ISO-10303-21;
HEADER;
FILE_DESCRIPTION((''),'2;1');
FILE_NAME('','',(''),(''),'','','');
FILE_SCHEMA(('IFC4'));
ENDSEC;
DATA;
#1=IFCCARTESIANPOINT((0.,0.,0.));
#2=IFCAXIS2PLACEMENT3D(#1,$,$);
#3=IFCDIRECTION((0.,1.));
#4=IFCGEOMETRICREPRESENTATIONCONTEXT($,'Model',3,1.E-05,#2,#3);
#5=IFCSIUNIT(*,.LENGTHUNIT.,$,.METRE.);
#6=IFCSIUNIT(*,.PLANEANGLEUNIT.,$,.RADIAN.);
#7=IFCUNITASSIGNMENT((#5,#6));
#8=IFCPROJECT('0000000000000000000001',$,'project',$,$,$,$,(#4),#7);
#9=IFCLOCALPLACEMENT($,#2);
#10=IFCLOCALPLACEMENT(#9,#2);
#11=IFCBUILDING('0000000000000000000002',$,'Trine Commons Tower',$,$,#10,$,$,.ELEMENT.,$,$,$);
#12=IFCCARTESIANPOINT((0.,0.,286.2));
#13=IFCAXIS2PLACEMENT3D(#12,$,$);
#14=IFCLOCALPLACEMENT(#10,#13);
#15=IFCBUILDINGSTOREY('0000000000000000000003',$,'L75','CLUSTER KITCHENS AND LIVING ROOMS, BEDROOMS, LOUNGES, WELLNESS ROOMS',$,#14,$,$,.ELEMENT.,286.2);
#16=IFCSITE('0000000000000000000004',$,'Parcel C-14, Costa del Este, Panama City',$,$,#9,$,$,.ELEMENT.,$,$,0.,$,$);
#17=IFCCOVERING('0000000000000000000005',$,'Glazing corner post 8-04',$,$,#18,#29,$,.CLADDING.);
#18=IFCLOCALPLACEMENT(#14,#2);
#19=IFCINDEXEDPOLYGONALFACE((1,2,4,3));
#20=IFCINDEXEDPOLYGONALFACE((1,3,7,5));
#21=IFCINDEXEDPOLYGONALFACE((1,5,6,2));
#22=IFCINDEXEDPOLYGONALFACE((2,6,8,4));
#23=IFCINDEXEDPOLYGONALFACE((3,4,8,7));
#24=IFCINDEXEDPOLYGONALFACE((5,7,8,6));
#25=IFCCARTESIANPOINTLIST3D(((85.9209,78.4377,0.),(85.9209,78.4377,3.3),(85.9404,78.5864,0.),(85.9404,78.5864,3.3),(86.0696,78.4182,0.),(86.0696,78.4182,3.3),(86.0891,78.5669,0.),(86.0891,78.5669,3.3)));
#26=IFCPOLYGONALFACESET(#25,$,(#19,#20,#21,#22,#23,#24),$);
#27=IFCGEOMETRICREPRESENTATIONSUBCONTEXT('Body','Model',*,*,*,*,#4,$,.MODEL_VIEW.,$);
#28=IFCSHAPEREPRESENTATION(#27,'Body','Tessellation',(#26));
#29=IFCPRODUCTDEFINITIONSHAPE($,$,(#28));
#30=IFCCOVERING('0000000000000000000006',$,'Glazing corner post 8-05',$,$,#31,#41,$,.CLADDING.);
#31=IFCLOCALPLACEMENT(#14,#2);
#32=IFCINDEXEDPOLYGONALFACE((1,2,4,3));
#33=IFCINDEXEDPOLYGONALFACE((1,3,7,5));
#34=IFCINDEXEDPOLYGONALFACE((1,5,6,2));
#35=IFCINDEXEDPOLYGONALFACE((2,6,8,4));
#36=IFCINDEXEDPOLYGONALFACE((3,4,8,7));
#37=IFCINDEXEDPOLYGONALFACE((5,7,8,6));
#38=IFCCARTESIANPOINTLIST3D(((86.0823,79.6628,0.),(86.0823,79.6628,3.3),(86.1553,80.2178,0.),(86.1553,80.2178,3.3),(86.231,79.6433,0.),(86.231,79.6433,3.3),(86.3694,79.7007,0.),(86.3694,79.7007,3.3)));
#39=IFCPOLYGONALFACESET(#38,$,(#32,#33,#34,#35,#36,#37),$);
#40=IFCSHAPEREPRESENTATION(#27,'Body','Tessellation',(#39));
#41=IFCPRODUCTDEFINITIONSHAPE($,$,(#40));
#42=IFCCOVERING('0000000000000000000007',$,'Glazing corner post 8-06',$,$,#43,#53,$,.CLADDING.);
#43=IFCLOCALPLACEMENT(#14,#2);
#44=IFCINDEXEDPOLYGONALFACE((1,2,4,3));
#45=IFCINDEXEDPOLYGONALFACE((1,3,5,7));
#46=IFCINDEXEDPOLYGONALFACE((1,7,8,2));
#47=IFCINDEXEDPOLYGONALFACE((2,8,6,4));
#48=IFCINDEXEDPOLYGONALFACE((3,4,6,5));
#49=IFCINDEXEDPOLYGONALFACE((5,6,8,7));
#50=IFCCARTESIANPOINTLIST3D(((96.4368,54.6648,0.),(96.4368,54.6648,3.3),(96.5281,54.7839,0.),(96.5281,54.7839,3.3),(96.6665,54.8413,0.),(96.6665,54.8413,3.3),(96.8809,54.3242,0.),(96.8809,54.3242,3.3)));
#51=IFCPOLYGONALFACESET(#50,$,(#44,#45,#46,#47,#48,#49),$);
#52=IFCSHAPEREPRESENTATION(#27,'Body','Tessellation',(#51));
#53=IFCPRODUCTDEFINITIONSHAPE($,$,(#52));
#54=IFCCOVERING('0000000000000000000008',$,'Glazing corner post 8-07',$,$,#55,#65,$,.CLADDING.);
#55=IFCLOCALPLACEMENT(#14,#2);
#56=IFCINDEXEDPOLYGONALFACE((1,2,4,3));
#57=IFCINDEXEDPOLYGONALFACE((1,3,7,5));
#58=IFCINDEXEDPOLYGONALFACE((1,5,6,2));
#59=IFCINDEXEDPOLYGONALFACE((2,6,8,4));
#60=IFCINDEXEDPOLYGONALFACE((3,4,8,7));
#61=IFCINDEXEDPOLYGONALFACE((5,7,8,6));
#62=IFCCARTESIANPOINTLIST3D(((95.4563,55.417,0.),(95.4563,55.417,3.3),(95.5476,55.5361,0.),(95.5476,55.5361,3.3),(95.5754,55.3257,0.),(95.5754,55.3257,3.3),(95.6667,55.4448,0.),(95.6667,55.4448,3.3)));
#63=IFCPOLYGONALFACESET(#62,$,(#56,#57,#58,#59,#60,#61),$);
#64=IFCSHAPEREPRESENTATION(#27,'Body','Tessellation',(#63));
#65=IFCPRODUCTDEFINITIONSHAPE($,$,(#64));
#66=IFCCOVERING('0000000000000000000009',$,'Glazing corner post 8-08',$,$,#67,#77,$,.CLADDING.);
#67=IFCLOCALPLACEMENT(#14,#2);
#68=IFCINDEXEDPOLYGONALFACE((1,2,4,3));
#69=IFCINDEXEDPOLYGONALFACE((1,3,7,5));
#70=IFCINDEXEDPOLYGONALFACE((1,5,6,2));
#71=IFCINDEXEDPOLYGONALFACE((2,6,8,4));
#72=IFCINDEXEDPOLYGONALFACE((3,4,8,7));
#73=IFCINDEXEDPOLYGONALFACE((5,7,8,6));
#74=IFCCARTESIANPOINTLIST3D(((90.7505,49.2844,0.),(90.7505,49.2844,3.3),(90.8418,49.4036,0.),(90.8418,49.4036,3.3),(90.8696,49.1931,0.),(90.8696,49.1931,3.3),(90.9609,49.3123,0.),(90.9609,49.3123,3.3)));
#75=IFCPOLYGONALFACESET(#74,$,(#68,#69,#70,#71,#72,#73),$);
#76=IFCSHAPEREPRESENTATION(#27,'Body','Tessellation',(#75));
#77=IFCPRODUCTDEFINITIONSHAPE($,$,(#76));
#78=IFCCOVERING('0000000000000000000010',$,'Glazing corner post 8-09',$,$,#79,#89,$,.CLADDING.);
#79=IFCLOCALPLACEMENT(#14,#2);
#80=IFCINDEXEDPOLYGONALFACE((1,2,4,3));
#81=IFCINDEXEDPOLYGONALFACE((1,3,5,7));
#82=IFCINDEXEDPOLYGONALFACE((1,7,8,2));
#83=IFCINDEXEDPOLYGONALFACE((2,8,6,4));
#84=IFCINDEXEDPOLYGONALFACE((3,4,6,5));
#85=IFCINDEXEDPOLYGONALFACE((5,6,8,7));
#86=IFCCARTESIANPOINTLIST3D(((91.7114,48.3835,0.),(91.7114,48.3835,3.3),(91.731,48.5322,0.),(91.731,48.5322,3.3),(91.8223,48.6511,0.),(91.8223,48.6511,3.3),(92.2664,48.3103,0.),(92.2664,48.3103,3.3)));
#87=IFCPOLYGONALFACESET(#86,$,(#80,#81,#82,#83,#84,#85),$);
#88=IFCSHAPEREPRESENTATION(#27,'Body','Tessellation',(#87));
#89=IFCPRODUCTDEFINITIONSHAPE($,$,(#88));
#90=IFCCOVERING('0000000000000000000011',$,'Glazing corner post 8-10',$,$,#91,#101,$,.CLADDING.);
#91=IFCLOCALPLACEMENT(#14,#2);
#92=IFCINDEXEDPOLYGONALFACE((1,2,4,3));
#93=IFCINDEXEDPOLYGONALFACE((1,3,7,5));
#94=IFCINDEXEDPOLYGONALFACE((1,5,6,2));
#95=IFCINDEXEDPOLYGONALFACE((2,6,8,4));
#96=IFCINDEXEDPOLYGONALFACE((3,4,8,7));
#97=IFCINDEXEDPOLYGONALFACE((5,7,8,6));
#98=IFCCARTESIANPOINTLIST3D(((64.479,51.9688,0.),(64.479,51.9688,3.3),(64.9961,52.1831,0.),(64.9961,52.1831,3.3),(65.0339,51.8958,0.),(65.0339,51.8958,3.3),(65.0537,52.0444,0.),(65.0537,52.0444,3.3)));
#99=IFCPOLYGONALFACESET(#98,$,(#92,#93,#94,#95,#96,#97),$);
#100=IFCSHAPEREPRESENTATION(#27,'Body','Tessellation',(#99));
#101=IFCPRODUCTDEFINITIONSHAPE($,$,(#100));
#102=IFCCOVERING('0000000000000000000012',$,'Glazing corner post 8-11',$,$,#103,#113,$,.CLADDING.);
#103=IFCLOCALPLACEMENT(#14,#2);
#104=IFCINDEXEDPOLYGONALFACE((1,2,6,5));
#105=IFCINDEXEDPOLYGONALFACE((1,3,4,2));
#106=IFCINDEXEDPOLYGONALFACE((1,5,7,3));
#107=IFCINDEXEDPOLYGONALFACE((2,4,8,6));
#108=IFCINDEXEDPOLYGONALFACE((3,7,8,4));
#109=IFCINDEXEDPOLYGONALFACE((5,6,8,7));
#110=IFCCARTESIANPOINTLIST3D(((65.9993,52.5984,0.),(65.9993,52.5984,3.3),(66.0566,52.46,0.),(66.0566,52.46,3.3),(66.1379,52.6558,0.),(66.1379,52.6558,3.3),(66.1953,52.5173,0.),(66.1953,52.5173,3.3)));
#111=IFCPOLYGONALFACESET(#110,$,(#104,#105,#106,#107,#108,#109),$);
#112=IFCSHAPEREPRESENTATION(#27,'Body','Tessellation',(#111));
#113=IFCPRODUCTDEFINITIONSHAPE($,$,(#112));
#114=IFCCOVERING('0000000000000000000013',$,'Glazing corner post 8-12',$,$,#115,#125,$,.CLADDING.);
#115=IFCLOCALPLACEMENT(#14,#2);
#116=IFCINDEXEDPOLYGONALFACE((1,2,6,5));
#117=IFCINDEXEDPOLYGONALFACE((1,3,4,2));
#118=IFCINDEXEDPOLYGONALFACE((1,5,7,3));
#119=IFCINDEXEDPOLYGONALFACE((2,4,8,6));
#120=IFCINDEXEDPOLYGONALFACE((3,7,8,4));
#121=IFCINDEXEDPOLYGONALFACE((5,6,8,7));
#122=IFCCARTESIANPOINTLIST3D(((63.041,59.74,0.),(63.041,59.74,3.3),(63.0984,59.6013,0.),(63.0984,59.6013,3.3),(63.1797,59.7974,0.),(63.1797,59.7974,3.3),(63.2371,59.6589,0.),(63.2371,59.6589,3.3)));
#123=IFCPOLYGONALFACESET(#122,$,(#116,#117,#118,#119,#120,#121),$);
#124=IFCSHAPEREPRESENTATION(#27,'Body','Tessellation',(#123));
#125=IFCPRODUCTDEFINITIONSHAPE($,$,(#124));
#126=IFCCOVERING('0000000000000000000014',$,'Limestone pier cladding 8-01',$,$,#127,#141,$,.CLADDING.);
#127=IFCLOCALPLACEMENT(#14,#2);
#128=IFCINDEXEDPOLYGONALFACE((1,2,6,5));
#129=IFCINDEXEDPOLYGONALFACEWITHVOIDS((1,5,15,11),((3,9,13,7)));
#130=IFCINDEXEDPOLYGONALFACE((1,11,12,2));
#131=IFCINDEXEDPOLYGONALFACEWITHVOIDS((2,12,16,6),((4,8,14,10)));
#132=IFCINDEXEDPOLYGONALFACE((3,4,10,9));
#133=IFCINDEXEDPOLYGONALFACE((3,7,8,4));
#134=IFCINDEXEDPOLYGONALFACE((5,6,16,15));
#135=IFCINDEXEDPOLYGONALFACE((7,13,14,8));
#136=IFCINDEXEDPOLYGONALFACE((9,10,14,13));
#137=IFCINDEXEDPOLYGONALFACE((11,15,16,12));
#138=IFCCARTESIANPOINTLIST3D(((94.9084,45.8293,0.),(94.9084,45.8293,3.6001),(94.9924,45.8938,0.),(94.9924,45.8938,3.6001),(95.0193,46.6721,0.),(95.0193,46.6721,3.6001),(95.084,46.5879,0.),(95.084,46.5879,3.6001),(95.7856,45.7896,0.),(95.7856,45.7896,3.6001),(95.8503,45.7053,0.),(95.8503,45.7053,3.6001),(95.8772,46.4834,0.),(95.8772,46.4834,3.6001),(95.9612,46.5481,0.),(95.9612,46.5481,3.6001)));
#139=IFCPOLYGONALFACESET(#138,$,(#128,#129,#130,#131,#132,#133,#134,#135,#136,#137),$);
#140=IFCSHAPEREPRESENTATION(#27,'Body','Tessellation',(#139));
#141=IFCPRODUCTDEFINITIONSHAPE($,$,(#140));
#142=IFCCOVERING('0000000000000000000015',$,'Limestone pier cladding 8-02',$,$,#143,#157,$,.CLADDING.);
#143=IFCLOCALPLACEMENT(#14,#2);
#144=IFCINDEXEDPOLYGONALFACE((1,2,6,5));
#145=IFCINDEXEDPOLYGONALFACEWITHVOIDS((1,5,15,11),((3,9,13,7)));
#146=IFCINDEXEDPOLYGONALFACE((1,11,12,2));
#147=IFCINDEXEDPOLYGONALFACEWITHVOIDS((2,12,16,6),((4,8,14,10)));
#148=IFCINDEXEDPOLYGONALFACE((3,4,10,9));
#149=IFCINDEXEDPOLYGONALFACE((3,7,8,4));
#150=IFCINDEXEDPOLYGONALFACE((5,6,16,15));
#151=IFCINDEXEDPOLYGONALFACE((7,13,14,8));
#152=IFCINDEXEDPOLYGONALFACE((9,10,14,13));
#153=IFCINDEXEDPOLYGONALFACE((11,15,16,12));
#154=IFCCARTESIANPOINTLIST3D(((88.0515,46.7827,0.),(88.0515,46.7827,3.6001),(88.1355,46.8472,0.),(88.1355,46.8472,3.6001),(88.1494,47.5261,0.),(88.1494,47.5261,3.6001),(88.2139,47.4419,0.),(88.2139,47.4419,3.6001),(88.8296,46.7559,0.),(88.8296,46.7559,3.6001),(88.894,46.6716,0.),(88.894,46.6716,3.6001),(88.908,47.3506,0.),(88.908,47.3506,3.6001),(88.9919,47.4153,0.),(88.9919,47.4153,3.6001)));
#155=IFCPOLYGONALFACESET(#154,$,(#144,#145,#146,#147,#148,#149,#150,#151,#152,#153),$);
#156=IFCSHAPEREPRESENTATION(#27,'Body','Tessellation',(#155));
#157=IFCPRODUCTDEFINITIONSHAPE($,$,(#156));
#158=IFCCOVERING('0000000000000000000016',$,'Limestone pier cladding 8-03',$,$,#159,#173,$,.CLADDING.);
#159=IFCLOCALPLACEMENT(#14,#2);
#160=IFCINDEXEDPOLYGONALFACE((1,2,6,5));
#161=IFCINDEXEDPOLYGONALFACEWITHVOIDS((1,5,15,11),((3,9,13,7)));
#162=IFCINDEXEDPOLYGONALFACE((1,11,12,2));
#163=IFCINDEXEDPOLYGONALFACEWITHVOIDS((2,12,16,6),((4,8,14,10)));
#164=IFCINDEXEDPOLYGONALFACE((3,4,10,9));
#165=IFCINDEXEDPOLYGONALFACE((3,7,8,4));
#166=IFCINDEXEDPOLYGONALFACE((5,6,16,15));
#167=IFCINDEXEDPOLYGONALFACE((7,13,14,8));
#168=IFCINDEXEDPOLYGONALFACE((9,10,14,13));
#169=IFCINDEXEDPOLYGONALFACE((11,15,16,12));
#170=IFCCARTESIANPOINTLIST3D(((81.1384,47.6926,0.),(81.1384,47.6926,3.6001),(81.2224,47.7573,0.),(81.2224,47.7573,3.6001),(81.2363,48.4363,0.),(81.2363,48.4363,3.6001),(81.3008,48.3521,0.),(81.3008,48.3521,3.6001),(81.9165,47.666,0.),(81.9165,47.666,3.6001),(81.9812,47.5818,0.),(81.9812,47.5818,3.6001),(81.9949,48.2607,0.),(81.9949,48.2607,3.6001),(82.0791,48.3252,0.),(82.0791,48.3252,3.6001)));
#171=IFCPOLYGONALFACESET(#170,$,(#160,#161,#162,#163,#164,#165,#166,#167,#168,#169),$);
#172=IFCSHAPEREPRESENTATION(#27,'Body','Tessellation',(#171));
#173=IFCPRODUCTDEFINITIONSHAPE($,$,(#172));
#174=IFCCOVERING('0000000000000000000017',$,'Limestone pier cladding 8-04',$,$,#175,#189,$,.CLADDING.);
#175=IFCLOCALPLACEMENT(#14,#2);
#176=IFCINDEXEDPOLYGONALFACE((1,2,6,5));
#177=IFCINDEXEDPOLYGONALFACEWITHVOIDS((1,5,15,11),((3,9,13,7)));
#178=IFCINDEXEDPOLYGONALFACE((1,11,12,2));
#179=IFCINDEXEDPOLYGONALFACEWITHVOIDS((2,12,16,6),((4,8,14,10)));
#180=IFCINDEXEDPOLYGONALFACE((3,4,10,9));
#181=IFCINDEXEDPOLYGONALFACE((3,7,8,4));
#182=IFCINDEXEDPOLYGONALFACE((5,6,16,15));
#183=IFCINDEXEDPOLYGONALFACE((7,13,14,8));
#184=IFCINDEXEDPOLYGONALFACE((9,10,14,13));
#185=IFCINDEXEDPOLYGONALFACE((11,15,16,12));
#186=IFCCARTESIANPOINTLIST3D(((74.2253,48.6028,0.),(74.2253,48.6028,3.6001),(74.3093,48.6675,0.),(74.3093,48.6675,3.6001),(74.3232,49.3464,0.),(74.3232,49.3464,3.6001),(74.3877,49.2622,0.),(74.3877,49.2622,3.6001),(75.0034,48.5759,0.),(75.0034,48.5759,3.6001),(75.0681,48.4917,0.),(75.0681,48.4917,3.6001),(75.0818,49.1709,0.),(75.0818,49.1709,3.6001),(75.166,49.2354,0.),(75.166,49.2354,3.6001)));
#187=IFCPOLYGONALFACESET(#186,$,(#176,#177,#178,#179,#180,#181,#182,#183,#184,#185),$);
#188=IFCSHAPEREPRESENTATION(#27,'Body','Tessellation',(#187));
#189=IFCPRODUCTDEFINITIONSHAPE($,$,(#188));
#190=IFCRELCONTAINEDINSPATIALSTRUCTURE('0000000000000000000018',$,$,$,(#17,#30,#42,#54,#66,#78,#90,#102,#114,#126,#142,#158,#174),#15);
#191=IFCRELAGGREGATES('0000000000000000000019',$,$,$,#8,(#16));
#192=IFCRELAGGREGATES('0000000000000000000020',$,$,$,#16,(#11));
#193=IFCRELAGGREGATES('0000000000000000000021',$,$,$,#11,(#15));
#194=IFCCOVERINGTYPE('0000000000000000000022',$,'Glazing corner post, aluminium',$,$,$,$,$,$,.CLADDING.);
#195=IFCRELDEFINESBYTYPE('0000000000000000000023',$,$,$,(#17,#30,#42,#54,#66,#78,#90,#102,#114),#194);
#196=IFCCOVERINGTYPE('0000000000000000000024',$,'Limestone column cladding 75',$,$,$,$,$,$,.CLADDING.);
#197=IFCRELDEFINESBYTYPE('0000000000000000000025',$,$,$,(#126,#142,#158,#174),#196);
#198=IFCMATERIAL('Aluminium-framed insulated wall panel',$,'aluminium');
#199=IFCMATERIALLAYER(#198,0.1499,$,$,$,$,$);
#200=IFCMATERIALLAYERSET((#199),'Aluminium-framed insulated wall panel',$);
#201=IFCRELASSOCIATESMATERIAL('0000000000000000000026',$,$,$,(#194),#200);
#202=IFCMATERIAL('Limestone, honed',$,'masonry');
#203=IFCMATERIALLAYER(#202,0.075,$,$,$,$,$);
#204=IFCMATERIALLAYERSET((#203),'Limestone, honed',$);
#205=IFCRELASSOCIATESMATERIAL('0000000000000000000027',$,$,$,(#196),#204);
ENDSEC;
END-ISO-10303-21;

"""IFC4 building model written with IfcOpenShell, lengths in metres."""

from ifc_helpers import new_model, si_unit, direction, frame, origin, place, context, subcontext, project, spatial, polyline, outline, extrude, material, layer, layer_set, type_object, element, save


model = new_model("IFC4")

# Units and contexts
model_context = context("Model", 3, precision=1e-05, world=origin(), true_north=direction((0.0, 1.0)))
body_context = subcontext(model_context, "Body", "Model", "MODEL_VIEW")
ifc_project = project(units=[si_unit("LENGTHUNIT", "METRE"), si_unit("PLANEANGLEUNIT", "RADIAN")], contexts=[model_context])

# Site, building, storey
site_placement = place(None, origin())
site = spatial("IfcSite", under=ifc_project, at=site_placement, Name="Parcel C-14, Costa del Este, Panama City", CompositionType="ELEMENT", RefElevation=0.0)
building_placement = place(site_placement, origin())
building = spatial("IfcBuilding", under=site, at=building_placement, Name="Trine Commons Tower", CompositionType="ELEMENT")
storey_placement = place(building_placement, frame((0.0, 0.0, 286.2)))
storey = spatial("IfcBuildingStorey", under=building, at=storey_placement, Name="L75", Description="CLUSTER KITCHENS AND LIVING ROOMS, BEDROOMS, LOUNGES, WELLNESS ROOMS", CompositionType="ELEMENT", Elevation=286.2)

# Coverings
ifc_material_1 = material(Name="Aluminium-framed insulated wall panel", Category="aluminium")
ifc_layer_1 = layer(ifc_material_1, 0.1499)
ifc_layer_set_1 = layer_set([ifc_layer_1], Name="Aluminium-framed insulated wall panel")
covering_type_1 = type_object("IfcCoveringType", Name="Glazing corner post, aluminium", PredefinedType="CLADDING", material=ifc_layer_set_1)
covering_1_placement = place(storey_placement, origin())
element("IfcCovering", 1, at=covering_1_placement, inside=storey, type_object=covering_type_1, Name="Glazing corner post 8-04", PredefinedType="CLADDING", context=body_context, shape_type="SweptSolid", body=[
    extrude(outline(polyline([(85.9209, 78.4377), (86.0696, 78.4182), (86.0891, 78.5669), (85.9404, 78.5864), (85.9209, 78.4377)])), origin(), (0.0, 0.0, 1.0), 3.3),
])
covering_2_placement = place(storey_placement, origin())
element("IfcCovering", 2, at=covering_2_placement, inside=storey, type_object=covering_type_1, Name="Glazing corner post 8-05", PredefinedType="CLADDING", context=body_context, shape_type="SweptSolid", body=[
    extrude(outline(polyline([(86.0823, 79.6628), (86.231, 79.6433), (86.3694, 79.7007), (86.1553, 80.2178), (86.0823, 79.6628)])), origin(), (0.0, 0.0, 1.0), 3.3),
])
covering_3_placement = place(storey_placement, origin())
element("IfcCovering", 3, at=covering_3_placement, inside=storey, type_object=covering_type_1, Name="Glazing corner post 8-06", PredefinedType="CLADDING", context=body_context, shape_type="SweptSolid", body=[
    extrude(outline(polyline([(96.4368, 54.6648), (96.8809, 54.3242), (96.6665, 54.8413), (96.5281, 54.7839), (96.4368, 54.6648)])), origin(), (0.0, 0.0, 1.0), 3.3),
])
covering_4_placement = place(storey_placement, origin())
element("IfcCovering", 4, at=covering_4_placement, inside=storey, type_object=covering_type_1, Name="Glazing corner post 8-07", PredefinedType="CLADDING", context=body_context, shape_type="SweptSolid", body=[
    extrude(outline(polyline([(95.4563, 55.417), (95.5754, 55.3257), (95.6667, 55.4448), (95.5476, 55.5361), (95.4563, 55.417)])), origin(), (0.0, 0.0, 1.0), 3.3),
])
covering_5_placement = place(storey_placement, origin())
element("IfcCovering", 5, at=covering_5_placement, inside=storey, type_object=covering_type_1, Name="Glazing corner post 8-08", PredefinedType="CLADDING", context=body_context, shape_type="SweptSolid", body=[
    extrude(outline(polyline([(90.8696, 49.1931), (90.9609, 49.3123), (90.8418, 49.4036), (90.7505, 49.2844), (90.8696, 49.1931)])), origin(), (0.0, 0.0, 1.0), 3.3),
])
covering_6_placement = place(storey_placement, origin())
element("IfcCovering", 6, at=covering_6_placement, inside=storey, type_object=covering_type_1, Name="Glazing corner post 8-09", PredefinedType="CLADDING", context=body_context, shape_type="SweptSolid", body=[
    extrude(outline(polyline([(91.7114, 48.3835), (92.2664, 48.3103), (91.8223, 48.6511), (91.731, 48.5322), (91.7114, 48.3835)])), origin(), (0.0, 0.0, 1.0), 3.3),
])
covering_7_placement = place(storey_placement, origin())
element("IfcCovering", 7, at=covering_7_placement, inside=storey, type_object=covering_type_1, Name="Glazing corner post 8-10", PredefinedType="CLADDING", context=body_context, shape_type="SweptSolid", body=[
    extrude(outline(polyline([(65.0339, 51.8958), (65.0537, 52.0444), (64.9961, 52.1831), (64.479, 51.9688), (65.0339, 51.8958)])), origin(), (0.0, 0.0, 1.0), 3.3),
])
covering_8_placement = place(storey_placement, origin())
element("IfcCovering", 8, at=covering_8_placement, inside=storey, type_object=covering_type_1, Name="Glazing corner post 8-11", PredefinedType="CLADDING", context=body_context, shape_type="SweptSolid", body=[
    extrude(outline(polyline([(66.0566, 52.46), (66.1953, 52.5173), (66.1379, 52.6558), (65.9993, 52.5984), (66.0566, 52.46)])), origin(), (0.0, 0.0, 1.0), 3.3),
])
covering_9_placement = place(storey_placement, origin())
element("IfcCovering", 9, at=covering_9_placement, inside=storey, type_object=covering_type_1, Name="Glazing corner post 8-12", PredefinedType="CLADDING", context=body_context, shape_type="SweptSolid", body=[
    extrude(outline(polyline([(63.041, 59.74), (63.0984, 59.6013), (63.2371, 59.6589), (63.1797, 59.7974), (63.041, 59.74)])), origin(), (0.0, 0.0, 1.0), 3.3),
])
ifc_material_2 = material(Name="Limestone, honed", Category="masonry")
ifc_layer_2 = layer(ifc_material_2, 0.075)
ifc_layer_set_2 = layer_set([ifc_layer_2], Name="Limestone, honed")
covering_type_2 = type_object("IfcCoveringType", Name="Limestone column cladding 75", PredefinedType="CLADDING", material=ifc_layer_set_2)
covering_10_placement = place(storey_placement, origin())
element("IfcCovering", 10, at=covering_10_placement, inside=storey, type_object=covering_type_2, Name="Limestone pier cladding 8-01", PredefinedType="CLADDING", context=body_context, shape_type="SweptSolid", body=[
    extrude(outline(polyline([(95.0193, 46.6721), (94.9084, 45.8293), (95.8503, 45.7053), (95.9612, 46.5481), (95.0193, 46.6721)]), holes=[polyline([(95.084, 46.5879), (94.9924, 45.8938), (95.7856, 45.7896), (95.8772, 46.4834), (95.084, 46.5879)])]), origin(), (0.0, 0.0, 1.0), 3.6001),
])
covering_11_placement = place(storey_placement, origin())
element("IfcCovering", 11, at=covering_11_placement, inside=storey, type_object=covering_type_2, Name="Limestone pier cladding 8-02", PredefinedType="CLADDING", context=body_context, shape_type="SweptSolid", body=[
    extrude(outline(polyline([(88.1494, 47.5261), (88.0515, 46.7827), (88.894, 46.6716), (88.9919, 47.4153), (88.1494, 47.5261)]), holes=[polyline([(88.2139, 47.4419), (88.1355, 46.8472), (88.8296, 46.7559), (88.908, 47.3506), (88.2139, 47.4419)])]), origin(), (0.0, 0.0, 1.0), 3.6001),
])
covering_12_placement = place(storey_placement, origin())
element("IfcCovering", 12, at=covering_12_placement, inside=storey, type_object=covering_type_2, Name="Limestone pier cladding 8-03", PredefinedType="CLADDING", context=body_context, shape_type="SweptSolid", body=[
    extrude(outline(polyline([(81.2363, 48.4363), (81.1384, 47.6926), (81.9812, 47.5818), (82.0791, 48.3252), (81.2363, 48.4363)]), holes=[polyline([(81.3008, 48.3521), (81.2224, 47.7573), (81.9165, 47.666), (81.9949, 48.2607), (81.3008, 48.3521)])]), origin(), (0.0, 0.0, 1.0), 3.6001),
])
covering_13_placement = place(storey_placement, origin())
element("IfcCovering", 13, at=covering_13_placement, inside=storey, type_object=covering_type_2, Name="Limestone pier cladding 8-04", PredefinedType="CLADDING", context=body_context, shape_type="SweptSolid", body=[
    extrude(outline(polyline([(74.3232, 49.3464), (74.2253, 48.6028), (75.0681, 48.4917), (75.166, 49.2354), (74.3232, 49.3464)]), holes=[polyline([(74.3877, 49.2622), (74.3093, 48.6675), (75.0034, 48.5759), (75.0818, 49.1709), (74.3877, 49.2622)])]), origin(), (0.0, 0.0, 1.0), 3.6001),
])

save(model, "model.ifc")
